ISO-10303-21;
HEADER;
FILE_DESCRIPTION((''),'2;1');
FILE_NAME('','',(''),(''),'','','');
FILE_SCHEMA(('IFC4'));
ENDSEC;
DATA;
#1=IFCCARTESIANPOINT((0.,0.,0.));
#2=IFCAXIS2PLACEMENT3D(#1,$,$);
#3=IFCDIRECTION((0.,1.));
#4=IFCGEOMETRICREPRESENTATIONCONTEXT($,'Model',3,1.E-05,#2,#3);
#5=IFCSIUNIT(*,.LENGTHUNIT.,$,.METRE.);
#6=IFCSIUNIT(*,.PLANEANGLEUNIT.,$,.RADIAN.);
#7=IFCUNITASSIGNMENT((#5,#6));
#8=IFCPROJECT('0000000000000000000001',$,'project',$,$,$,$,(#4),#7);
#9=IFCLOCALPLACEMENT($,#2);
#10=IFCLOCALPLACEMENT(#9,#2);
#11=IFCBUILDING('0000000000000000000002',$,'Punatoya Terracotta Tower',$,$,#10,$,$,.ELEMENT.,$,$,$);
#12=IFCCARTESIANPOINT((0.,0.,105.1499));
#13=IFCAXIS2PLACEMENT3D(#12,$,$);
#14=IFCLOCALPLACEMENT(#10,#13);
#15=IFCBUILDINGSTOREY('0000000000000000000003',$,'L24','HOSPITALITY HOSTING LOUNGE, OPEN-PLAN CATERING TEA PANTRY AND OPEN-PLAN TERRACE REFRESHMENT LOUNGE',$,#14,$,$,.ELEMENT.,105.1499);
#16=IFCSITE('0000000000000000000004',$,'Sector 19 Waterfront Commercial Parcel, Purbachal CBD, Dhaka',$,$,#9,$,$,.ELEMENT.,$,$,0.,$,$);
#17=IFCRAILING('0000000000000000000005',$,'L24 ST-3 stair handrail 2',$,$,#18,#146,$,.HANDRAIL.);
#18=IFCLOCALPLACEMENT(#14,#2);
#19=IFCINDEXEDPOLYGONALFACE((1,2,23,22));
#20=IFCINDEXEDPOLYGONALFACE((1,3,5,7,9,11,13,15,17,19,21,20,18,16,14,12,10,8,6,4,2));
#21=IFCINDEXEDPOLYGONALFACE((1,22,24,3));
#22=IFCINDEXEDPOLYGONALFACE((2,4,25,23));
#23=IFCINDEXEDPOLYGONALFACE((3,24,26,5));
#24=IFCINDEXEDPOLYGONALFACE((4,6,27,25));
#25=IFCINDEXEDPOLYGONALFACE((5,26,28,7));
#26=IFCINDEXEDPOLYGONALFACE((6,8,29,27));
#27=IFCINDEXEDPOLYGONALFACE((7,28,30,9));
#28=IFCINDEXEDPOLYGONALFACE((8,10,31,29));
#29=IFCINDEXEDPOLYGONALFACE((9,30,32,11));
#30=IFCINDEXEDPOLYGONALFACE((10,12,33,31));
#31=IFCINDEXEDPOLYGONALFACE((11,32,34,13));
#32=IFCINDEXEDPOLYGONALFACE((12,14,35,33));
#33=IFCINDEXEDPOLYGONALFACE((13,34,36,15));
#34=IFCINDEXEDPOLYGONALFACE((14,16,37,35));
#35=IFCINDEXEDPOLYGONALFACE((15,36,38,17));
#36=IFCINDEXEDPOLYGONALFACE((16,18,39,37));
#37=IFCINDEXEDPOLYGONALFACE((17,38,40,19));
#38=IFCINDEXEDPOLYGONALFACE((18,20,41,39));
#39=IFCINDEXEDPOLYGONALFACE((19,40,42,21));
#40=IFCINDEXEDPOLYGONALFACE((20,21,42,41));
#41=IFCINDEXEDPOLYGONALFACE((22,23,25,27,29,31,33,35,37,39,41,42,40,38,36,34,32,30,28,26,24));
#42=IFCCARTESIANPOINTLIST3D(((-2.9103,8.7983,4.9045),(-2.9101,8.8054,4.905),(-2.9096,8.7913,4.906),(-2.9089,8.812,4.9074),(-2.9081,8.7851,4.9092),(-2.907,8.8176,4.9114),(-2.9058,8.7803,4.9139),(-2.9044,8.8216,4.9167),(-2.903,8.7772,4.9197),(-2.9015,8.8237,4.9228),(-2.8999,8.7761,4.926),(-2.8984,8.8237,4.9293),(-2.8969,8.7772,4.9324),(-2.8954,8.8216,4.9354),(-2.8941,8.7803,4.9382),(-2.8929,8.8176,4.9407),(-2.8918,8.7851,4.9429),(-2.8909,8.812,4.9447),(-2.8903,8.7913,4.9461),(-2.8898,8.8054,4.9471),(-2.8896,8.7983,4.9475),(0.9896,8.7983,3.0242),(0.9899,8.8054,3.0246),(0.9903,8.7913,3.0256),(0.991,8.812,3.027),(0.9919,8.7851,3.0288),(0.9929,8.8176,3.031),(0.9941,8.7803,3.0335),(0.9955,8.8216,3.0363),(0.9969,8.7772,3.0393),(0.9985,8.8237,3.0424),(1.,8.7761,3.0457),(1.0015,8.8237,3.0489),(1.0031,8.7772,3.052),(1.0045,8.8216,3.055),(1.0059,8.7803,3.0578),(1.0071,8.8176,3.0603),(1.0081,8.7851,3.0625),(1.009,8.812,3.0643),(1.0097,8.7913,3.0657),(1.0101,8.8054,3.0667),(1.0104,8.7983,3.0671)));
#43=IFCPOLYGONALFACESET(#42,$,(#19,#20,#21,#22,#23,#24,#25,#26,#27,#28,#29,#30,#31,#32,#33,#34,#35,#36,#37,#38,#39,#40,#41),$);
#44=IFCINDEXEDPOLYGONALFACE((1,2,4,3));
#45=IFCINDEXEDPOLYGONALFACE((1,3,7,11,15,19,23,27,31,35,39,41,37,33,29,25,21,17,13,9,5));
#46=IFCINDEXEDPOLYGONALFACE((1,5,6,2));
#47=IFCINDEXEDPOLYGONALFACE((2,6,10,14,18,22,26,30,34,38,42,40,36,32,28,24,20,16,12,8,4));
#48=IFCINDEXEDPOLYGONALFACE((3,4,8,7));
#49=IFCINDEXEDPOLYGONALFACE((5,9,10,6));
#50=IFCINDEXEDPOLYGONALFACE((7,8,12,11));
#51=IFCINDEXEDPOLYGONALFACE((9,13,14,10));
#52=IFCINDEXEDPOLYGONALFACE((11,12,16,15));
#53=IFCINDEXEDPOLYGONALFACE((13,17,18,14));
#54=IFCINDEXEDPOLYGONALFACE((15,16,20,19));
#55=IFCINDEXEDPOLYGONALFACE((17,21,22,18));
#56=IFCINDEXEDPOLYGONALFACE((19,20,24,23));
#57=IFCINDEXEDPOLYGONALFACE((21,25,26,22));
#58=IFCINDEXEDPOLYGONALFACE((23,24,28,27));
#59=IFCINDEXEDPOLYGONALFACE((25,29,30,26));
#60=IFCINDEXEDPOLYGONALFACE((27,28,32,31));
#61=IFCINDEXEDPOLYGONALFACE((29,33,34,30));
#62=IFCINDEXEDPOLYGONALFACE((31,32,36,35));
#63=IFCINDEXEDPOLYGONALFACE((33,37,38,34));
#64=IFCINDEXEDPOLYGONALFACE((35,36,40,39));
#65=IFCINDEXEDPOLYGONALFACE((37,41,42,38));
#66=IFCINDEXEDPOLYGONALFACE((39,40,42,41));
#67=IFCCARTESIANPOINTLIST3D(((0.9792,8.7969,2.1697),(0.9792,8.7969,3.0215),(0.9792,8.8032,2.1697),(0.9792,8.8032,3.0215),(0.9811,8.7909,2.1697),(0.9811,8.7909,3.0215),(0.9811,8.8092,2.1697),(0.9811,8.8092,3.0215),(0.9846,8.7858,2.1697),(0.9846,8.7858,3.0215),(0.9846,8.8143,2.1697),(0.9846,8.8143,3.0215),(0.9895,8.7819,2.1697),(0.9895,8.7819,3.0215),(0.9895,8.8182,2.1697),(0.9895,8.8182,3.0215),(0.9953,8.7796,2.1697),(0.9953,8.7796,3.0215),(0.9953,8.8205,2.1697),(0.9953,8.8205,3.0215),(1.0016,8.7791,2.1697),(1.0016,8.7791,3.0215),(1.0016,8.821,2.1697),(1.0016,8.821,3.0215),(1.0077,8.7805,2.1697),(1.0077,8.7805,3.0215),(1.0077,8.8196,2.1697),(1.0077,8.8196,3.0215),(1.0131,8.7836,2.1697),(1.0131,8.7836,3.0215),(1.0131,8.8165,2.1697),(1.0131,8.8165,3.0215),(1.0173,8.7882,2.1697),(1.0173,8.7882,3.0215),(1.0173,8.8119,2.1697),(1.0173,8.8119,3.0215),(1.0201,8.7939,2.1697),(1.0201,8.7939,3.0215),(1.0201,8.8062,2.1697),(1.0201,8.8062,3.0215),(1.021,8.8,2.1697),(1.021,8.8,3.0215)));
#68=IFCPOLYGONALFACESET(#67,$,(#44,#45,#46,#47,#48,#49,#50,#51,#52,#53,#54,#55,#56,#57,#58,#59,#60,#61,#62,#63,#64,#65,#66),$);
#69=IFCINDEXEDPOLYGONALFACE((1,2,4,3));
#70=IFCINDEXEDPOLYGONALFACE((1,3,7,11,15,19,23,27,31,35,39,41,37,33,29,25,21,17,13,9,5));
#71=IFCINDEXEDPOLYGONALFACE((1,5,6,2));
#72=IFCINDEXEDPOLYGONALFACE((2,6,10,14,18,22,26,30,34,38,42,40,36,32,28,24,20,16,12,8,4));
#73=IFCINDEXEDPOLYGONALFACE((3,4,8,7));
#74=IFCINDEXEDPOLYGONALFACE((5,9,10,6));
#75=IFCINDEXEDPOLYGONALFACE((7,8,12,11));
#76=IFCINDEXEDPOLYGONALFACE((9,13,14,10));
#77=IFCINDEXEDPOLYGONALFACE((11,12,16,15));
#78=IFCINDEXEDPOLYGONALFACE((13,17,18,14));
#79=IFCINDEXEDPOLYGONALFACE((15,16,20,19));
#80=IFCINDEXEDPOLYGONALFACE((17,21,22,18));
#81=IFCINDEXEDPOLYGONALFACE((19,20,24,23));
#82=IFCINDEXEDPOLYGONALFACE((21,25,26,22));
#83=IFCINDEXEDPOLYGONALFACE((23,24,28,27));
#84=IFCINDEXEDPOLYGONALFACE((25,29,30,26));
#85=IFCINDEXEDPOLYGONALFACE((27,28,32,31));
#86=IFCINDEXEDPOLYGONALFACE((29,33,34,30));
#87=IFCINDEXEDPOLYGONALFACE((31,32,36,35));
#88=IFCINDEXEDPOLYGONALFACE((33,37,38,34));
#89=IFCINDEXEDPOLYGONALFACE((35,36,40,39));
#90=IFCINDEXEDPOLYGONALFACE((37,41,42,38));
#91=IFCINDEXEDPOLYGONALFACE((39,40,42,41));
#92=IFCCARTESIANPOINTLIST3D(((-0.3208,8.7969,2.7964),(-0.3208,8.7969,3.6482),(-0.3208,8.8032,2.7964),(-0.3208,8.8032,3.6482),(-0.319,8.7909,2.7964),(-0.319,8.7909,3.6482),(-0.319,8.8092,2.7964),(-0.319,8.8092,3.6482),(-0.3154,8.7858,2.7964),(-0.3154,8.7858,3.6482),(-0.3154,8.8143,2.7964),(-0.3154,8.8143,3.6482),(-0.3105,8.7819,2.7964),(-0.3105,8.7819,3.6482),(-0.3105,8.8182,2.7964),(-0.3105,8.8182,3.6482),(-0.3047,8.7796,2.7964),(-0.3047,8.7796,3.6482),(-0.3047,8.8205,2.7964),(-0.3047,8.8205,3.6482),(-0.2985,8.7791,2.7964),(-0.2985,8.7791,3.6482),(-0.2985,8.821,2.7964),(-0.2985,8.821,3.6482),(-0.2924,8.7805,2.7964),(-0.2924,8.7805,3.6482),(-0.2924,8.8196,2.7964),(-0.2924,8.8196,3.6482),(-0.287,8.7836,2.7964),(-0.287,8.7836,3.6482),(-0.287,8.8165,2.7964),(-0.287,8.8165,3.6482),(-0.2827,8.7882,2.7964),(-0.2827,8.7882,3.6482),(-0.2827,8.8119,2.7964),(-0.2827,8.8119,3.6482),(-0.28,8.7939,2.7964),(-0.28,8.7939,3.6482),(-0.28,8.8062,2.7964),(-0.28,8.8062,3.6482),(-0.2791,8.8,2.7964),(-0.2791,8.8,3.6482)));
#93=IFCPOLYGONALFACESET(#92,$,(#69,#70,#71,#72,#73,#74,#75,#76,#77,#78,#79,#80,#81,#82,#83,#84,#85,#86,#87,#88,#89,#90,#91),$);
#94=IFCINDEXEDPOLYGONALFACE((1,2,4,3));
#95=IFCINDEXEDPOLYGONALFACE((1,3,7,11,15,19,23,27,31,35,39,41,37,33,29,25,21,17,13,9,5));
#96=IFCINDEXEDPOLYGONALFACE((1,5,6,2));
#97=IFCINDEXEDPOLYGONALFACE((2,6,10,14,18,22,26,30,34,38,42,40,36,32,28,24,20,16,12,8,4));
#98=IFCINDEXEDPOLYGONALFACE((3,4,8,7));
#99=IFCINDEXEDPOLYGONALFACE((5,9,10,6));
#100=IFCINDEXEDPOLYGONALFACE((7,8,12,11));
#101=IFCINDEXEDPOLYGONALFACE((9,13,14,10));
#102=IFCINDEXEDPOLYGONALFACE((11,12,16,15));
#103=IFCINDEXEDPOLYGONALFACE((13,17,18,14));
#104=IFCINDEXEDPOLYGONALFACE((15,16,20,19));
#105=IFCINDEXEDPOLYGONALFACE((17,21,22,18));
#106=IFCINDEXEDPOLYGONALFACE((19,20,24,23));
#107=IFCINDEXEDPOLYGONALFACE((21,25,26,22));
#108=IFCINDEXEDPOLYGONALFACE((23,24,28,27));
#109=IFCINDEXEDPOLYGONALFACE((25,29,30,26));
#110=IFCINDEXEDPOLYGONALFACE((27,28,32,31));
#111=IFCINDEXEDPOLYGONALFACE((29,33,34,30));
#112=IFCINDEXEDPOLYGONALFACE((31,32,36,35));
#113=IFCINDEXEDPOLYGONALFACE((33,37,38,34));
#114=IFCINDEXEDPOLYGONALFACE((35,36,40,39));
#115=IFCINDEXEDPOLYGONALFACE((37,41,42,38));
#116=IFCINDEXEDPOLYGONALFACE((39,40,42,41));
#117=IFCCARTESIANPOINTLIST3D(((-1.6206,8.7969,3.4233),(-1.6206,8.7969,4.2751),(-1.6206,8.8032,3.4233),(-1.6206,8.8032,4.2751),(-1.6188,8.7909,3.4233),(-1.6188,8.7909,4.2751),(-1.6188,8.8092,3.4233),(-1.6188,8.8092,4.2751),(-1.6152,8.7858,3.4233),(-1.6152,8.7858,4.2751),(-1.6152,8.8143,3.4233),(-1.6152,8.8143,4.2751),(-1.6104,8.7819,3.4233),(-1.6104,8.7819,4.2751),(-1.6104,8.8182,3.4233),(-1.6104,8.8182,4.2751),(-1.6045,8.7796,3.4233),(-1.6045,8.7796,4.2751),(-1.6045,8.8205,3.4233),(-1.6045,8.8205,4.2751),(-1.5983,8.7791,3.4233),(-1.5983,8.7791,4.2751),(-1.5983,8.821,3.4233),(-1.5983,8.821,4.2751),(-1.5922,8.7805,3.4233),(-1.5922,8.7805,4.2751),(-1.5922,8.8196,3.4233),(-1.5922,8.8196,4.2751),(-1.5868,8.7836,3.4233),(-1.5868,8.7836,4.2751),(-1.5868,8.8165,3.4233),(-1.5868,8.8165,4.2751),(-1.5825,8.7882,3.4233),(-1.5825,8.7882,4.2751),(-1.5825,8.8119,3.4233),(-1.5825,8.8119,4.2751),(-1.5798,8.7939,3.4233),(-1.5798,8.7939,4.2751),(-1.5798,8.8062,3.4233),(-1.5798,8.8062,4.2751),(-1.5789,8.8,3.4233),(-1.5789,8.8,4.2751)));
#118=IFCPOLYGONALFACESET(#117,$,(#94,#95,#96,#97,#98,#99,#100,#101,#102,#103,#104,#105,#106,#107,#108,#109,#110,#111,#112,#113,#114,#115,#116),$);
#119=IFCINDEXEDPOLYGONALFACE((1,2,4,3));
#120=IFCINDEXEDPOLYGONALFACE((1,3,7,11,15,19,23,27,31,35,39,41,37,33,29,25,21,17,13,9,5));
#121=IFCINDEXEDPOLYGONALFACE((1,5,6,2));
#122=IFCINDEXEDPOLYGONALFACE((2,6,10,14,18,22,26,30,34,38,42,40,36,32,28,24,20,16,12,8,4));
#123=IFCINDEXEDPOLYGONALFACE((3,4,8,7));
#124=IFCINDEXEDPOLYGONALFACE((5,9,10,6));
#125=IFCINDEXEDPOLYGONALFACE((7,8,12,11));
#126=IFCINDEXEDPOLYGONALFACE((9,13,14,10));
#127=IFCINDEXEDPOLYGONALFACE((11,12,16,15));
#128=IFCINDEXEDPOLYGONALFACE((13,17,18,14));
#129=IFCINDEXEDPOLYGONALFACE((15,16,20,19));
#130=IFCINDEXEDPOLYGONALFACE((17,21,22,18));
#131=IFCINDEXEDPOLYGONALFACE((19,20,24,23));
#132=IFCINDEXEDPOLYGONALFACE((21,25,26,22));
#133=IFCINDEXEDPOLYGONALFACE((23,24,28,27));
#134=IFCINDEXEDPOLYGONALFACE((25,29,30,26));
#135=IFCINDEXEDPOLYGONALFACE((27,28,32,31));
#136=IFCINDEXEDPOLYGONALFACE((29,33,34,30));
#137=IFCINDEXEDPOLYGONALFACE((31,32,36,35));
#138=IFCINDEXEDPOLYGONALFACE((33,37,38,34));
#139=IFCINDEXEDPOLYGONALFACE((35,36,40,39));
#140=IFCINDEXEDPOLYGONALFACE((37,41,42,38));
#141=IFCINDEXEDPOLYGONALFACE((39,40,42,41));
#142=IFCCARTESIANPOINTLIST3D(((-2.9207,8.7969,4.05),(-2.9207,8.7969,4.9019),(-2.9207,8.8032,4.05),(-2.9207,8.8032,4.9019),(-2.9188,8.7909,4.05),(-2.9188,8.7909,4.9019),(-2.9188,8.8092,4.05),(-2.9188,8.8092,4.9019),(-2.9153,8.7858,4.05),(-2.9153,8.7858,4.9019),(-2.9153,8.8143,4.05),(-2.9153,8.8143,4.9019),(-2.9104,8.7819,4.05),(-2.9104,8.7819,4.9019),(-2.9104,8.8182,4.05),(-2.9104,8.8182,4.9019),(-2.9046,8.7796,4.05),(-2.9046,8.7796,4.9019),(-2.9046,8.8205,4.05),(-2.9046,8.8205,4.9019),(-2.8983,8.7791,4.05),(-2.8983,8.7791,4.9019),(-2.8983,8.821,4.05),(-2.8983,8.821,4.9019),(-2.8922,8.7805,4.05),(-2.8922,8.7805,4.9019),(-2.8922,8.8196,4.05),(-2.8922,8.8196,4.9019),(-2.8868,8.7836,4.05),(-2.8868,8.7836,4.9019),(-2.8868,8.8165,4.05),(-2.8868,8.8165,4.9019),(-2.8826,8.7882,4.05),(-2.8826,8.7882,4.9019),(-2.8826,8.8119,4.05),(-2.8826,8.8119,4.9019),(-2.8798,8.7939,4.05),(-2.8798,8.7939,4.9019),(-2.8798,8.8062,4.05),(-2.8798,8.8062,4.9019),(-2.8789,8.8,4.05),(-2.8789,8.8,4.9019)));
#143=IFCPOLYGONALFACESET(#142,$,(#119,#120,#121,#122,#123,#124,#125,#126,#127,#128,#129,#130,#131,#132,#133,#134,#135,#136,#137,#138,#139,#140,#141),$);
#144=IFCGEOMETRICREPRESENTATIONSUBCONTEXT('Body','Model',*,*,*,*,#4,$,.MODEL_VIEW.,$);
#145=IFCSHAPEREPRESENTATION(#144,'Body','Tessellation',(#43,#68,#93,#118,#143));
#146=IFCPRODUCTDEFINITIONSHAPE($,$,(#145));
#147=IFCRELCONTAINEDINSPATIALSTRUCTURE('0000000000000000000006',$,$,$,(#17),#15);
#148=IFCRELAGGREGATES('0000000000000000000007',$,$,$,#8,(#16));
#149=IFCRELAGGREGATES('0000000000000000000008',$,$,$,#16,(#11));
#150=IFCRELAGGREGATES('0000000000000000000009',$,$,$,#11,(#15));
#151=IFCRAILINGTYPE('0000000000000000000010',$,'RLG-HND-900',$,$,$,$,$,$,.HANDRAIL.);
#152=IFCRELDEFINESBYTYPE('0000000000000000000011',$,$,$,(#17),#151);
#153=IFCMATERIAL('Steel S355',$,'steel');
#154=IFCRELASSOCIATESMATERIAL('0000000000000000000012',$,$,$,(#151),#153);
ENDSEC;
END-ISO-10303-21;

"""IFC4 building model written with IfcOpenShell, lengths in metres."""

from ifc_helpers import new_model, si_unit, direction, frame, origin, origin_2d, place, context, subcontext, project, spatial, circle, extrude, material, type_object, element, save


model = new_model("IFC4")

# Units and contexts
model_context = context("Model", 3, precision=1e-05, world=origin(), true_north=direction((0.0, 1.0)))
body_context = subcontext(model_context, "Body", "Model", "MODEL_VIEW")
ifc_project = project(units=[si_unit("LENGTHUNIT", "METRE"), si_unit("PLANEANGLEUNIT", "RADIAN")], contexts=[model_context])

# Site, building, storey
site_placement = place(None, origin())
site = spatial("IfcSite", under=ifc_project, at=site_placement, Name="Sector 19 Waterfront Commercial Parcel, Purbachal CBD, Dhaka", CompositionType="ELEMENT", RefElevation=0.0)
building_placement = place(site_placement, origin())
building = spatial("IfcBuilding", under=site, at=building_placement, Name="Punatoya Terracotta Tower", CompositionType="ELEMENT")
storey_placement = place(building_placement, frame((0.0, 0.0, 105.1499)))
storey = spatial("IfcBuildingStorey", under=building, at=storey_placement, Name="L24", Description="HOSPITALITY HOSTING LOUNGE, OPEN-PLAN CATERING TEA PANTRY AND OPEN-PLAN TERRACE REFRESHMENT LOUNGE", CompositionType="ELEMENT", Elevation=105.1499)

# Shared definitions
ifc_material_1 = material(Name="Steel S355", Category="steel")

# Railing
railing_type_1 = type_object("IfcRailingType", Name="RLG-HND-900", PredefinedType="HANDRAIL", material=ifc_material_1)
railing_1_placement = place(storey_placement, frame((1.0, 8.8, 2.1697)))
element("IfcRailing", 1, at=railing_1_placement, inside=storey, type_object=railing_type_1, Name="L24 ST-3 stair handrail 2", PredefinedType="HANDRAIL", context=body_context, shape_type="SweptSolid", body=[
    extrude(circle(Radius=0.0239, at=origin_2d()), frame((0.0, 0.0, 0.876), z_axis=(-0.900763, 0.0, 0.434311), x_axis=(0.0, -1.0, 0.0)), (0.0, 0.0, 1.0), 4.3296),
    extrude(circle(Radius=0.021, at=origin_2d()), origin(), (0.0, 0.0, 1.0), 0.8518),
    extrude(circle(Radius=0.021, at=origin_2d()), frame((-1.3, 0.0, 0.6267)), (0.0, 0.0, 1.0), 0.8518),
    extrude(circle(Radius=0.021, at=origin_2d()), frame((-2.5999, 0.0, 1.2537)), (0.0, 0.0, 1.0), 0.8518),
    extrude(circle(Radius=0.021, at=origin_2d()), frame((-3.8999, 0.0, 1.8804)), (0.0, 0.0, 1.0), 0.8518),
])

save(model, "model.ifc")
